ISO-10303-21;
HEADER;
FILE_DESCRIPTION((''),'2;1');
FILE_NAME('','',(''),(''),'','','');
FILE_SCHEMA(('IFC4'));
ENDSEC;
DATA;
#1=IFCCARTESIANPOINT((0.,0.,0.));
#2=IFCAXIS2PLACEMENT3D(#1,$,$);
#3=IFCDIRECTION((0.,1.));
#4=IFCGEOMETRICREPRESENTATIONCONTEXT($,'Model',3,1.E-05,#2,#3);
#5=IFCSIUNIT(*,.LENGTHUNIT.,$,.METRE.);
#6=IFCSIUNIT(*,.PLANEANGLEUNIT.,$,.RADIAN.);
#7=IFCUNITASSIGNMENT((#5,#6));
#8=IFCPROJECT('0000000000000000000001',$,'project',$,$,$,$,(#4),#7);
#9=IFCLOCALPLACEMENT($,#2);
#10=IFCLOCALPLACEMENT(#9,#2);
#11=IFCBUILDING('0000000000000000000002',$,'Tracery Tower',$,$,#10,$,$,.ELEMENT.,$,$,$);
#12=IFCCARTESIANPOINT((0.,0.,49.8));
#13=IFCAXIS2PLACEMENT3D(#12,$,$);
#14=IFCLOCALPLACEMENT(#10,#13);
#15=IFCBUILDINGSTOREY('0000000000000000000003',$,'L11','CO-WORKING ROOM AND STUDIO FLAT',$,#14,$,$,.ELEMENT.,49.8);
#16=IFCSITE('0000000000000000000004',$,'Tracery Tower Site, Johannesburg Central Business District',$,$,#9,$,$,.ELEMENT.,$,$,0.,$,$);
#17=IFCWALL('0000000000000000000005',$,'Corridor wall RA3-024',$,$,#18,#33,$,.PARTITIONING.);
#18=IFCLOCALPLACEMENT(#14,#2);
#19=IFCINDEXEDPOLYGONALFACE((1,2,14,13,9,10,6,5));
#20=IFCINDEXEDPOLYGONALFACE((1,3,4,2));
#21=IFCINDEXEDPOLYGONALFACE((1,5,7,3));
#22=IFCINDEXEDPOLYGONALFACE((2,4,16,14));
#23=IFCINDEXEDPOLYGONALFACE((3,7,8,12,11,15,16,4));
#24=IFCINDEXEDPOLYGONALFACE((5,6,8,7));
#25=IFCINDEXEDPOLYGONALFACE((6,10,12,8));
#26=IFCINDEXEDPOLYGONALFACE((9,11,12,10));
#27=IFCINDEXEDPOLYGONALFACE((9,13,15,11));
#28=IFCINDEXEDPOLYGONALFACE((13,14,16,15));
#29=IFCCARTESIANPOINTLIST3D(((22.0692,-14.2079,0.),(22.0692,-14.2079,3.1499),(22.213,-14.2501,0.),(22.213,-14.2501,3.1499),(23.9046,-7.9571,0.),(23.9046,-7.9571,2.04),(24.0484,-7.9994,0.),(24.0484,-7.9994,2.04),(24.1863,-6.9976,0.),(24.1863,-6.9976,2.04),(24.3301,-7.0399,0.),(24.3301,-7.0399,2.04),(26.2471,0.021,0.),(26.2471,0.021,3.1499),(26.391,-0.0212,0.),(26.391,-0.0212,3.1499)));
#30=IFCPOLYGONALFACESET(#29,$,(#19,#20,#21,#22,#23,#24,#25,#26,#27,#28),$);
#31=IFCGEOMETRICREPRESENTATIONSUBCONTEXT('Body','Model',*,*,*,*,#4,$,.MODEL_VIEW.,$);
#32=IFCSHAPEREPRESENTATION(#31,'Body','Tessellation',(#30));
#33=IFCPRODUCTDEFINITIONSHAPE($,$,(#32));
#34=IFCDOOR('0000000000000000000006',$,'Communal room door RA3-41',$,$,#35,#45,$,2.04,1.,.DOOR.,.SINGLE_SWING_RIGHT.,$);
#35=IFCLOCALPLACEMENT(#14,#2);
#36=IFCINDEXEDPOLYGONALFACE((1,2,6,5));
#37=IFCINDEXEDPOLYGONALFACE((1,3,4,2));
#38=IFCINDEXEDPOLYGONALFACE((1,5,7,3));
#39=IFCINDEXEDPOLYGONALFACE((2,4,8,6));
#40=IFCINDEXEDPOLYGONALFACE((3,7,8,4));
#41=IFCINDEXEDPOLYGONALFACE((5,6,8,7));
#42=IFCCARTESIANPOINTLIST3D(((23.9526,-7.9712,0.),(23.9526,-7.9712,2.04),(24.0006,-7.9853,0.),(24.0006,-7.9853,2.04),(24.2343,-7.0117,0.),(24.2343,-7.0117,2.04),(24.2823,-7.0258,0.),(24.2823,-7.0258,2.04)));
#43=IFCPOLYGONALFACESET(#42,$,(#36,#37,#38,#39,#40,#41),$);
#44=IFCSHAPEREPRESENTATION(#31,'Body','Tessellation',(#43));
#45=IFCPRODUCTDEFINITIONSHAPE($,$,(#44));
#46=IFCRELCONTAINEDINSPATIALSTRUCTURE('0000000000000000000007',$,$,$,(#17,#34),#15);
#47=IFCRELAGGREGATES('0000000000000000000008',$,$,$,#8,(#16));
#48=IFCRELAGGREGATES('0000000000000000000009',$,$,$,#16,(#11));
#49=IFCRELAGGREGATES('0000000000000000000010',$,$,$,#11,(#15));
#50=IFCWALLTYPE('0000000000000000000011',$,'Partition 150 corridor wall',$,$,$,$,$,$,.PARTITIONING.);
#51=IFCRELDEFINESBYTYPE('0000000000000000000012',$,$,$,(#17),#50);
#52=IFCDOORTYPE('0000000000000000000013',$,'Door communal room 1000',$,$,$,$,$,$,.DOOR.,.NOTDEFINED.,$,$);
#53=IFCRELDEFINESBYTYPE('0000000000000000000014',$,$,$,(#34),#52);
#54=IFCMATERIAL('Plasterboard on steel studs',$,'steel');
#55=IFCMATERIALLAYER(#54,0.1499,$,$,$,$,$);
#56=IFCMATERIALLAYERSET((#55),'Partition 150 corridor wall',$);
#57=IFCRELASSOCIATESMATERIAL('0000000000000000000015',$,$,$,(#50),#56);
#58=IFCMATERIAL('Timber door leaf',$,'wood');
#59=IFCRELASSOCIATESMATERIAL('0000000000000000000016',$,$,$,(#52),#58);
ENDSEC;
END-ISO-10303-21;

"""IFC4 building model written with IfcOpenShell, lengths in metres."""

from ifc_helpers import new_model, si_unit, direction, frame, frame_2d, origin, place, context, subcontext, project, spatial, rectangle, extrude, material, layer, layer_set, type_object, element, fill, save


model = new_model("IFC4")

# Units and contexts
model_context = context("Model", 3, precision=1e-05, world=origin(), true_north=direction((0.0, 1.0)))
body_context = subcontext(model_context, "Body", "Model", "MODEL_VIEW")
ifc_project = project(units=[si_unit("LENGTHUNIT", "METRE"), si_unit("PLANEANGLEUNIT", "RADIAN")], contexts=[model_context])

# Site, building, storey
site_placement = place(None, origin())
site = spatial("IfcSite", under=ifc_project, at=site_placement, Name="Tracery Tower Site, Johannesburg Central Business District", CompositionType="ELEMENT", RefElevation=0.0)
building_placement = place(site_placement, origin())
building = spatial("IfcBuilding", under=site, at=building_placement, Name="Tracery Tower", CompositionType="ELEMENT")
storey_placement = place(building_placement, frame((0.0, 0.0, 49.8)))
storey = spatial("IfcBuildingStorey", under=building, at=storey_placement, Name="L11", Description="CO-WORKING ROOM AND STUDIO FLAT", CompositionType="ELEMENT", Elevation=49.8)

# Shared definitions
ifc_material_1 = material(Name="Plasterboard on steel studs", Category="steel")
ifc_layer_1 = layer(ifc_material_1, 0.1499)
ifc_layer_set_1 = layer_set([ifc_layer_1], Name="Partition 150 corridor wall")
wall_type_1 = type_object("IfcWallType", Name="Partition 150 corridor wall", PredefinedType="PARTITIONING", material=ifc_layer_set_1)

# Wall, opening, door
wall_1_placement = place(storey_placement, frame((22.1411, -14.229, 0.0), z_axis=(0.0, 0.0, 1.0), x_axis=(0.28173, 0.959494, 0.0)))
wall_1 = element("IfcWall", 1, at=wall_1_placement, inside=storey, type_object=wall_type_1, Name="Corridor wall RA3-024", PredefinedType="PARTITIONING", context=body_context, shape_type="SweptSolid", body=[
    extrude(rectangle(XDim=14.8296, YDim=0.1499, at=frame_2d((7.4148, 0.0))), origin(), (0.0, 0.0, 1.0), 3.1499),
])
opening_1_placement = place(wall_1_placement, frame((6.5146, 0.0, 0.0)))
opening_1 = element("IfcOpeningElement", 2, at=opening_1_placement, cuts=wall_1, PredefinedType="OPENING", context=body_context, shape_type="SweptSolid", body=[
    extrude(rectangle(XDim=1.0, YDim=2.04, at=frame_2d((0.5, 1.02))), frame((0.0, 0.075, 0.0), z_axis=(0.0, -1.0, 0.0), x_axis=(1.0, 0.0, 0.0)), (0.0, 0.0, 1.0), 0.1499),
])
ifc_material_2 = material(Name="Timber door leaf", Category="wood")
door_type = type_object("IfcDoorType", Name="Door communal room 1000", OperationType="NOTDEFINED", PredefinedType="DOOR", material=ifc_material_2)
door_placement = place(opening_1_placement, origin())
door = element("IfcDoor", 3, at=door_placement, inside=storey, type_object=door_type, Name="Communal room door RA3-41", OperationType="SINGLE_SWING_RIGHT", OverallHeight=2.04, OverallWidth=1.0, PredefinedType="DOOR", context=body_context, shape_type="SweptSolid", body=[
    extrude(rectangle(XDim=1.0, YDim=2.04, at=frame_2d((0.5, 1.02))), frame((0.0, 0.0249, 0.0), z_axis=(0.0, -1.0, 0.0), x_axis=(1.0, 0.0, 0.0)), (0.0, 0.0, 1.0), 0.05),
])
fill(opening_1, door)

save(model, "model.ifc")
